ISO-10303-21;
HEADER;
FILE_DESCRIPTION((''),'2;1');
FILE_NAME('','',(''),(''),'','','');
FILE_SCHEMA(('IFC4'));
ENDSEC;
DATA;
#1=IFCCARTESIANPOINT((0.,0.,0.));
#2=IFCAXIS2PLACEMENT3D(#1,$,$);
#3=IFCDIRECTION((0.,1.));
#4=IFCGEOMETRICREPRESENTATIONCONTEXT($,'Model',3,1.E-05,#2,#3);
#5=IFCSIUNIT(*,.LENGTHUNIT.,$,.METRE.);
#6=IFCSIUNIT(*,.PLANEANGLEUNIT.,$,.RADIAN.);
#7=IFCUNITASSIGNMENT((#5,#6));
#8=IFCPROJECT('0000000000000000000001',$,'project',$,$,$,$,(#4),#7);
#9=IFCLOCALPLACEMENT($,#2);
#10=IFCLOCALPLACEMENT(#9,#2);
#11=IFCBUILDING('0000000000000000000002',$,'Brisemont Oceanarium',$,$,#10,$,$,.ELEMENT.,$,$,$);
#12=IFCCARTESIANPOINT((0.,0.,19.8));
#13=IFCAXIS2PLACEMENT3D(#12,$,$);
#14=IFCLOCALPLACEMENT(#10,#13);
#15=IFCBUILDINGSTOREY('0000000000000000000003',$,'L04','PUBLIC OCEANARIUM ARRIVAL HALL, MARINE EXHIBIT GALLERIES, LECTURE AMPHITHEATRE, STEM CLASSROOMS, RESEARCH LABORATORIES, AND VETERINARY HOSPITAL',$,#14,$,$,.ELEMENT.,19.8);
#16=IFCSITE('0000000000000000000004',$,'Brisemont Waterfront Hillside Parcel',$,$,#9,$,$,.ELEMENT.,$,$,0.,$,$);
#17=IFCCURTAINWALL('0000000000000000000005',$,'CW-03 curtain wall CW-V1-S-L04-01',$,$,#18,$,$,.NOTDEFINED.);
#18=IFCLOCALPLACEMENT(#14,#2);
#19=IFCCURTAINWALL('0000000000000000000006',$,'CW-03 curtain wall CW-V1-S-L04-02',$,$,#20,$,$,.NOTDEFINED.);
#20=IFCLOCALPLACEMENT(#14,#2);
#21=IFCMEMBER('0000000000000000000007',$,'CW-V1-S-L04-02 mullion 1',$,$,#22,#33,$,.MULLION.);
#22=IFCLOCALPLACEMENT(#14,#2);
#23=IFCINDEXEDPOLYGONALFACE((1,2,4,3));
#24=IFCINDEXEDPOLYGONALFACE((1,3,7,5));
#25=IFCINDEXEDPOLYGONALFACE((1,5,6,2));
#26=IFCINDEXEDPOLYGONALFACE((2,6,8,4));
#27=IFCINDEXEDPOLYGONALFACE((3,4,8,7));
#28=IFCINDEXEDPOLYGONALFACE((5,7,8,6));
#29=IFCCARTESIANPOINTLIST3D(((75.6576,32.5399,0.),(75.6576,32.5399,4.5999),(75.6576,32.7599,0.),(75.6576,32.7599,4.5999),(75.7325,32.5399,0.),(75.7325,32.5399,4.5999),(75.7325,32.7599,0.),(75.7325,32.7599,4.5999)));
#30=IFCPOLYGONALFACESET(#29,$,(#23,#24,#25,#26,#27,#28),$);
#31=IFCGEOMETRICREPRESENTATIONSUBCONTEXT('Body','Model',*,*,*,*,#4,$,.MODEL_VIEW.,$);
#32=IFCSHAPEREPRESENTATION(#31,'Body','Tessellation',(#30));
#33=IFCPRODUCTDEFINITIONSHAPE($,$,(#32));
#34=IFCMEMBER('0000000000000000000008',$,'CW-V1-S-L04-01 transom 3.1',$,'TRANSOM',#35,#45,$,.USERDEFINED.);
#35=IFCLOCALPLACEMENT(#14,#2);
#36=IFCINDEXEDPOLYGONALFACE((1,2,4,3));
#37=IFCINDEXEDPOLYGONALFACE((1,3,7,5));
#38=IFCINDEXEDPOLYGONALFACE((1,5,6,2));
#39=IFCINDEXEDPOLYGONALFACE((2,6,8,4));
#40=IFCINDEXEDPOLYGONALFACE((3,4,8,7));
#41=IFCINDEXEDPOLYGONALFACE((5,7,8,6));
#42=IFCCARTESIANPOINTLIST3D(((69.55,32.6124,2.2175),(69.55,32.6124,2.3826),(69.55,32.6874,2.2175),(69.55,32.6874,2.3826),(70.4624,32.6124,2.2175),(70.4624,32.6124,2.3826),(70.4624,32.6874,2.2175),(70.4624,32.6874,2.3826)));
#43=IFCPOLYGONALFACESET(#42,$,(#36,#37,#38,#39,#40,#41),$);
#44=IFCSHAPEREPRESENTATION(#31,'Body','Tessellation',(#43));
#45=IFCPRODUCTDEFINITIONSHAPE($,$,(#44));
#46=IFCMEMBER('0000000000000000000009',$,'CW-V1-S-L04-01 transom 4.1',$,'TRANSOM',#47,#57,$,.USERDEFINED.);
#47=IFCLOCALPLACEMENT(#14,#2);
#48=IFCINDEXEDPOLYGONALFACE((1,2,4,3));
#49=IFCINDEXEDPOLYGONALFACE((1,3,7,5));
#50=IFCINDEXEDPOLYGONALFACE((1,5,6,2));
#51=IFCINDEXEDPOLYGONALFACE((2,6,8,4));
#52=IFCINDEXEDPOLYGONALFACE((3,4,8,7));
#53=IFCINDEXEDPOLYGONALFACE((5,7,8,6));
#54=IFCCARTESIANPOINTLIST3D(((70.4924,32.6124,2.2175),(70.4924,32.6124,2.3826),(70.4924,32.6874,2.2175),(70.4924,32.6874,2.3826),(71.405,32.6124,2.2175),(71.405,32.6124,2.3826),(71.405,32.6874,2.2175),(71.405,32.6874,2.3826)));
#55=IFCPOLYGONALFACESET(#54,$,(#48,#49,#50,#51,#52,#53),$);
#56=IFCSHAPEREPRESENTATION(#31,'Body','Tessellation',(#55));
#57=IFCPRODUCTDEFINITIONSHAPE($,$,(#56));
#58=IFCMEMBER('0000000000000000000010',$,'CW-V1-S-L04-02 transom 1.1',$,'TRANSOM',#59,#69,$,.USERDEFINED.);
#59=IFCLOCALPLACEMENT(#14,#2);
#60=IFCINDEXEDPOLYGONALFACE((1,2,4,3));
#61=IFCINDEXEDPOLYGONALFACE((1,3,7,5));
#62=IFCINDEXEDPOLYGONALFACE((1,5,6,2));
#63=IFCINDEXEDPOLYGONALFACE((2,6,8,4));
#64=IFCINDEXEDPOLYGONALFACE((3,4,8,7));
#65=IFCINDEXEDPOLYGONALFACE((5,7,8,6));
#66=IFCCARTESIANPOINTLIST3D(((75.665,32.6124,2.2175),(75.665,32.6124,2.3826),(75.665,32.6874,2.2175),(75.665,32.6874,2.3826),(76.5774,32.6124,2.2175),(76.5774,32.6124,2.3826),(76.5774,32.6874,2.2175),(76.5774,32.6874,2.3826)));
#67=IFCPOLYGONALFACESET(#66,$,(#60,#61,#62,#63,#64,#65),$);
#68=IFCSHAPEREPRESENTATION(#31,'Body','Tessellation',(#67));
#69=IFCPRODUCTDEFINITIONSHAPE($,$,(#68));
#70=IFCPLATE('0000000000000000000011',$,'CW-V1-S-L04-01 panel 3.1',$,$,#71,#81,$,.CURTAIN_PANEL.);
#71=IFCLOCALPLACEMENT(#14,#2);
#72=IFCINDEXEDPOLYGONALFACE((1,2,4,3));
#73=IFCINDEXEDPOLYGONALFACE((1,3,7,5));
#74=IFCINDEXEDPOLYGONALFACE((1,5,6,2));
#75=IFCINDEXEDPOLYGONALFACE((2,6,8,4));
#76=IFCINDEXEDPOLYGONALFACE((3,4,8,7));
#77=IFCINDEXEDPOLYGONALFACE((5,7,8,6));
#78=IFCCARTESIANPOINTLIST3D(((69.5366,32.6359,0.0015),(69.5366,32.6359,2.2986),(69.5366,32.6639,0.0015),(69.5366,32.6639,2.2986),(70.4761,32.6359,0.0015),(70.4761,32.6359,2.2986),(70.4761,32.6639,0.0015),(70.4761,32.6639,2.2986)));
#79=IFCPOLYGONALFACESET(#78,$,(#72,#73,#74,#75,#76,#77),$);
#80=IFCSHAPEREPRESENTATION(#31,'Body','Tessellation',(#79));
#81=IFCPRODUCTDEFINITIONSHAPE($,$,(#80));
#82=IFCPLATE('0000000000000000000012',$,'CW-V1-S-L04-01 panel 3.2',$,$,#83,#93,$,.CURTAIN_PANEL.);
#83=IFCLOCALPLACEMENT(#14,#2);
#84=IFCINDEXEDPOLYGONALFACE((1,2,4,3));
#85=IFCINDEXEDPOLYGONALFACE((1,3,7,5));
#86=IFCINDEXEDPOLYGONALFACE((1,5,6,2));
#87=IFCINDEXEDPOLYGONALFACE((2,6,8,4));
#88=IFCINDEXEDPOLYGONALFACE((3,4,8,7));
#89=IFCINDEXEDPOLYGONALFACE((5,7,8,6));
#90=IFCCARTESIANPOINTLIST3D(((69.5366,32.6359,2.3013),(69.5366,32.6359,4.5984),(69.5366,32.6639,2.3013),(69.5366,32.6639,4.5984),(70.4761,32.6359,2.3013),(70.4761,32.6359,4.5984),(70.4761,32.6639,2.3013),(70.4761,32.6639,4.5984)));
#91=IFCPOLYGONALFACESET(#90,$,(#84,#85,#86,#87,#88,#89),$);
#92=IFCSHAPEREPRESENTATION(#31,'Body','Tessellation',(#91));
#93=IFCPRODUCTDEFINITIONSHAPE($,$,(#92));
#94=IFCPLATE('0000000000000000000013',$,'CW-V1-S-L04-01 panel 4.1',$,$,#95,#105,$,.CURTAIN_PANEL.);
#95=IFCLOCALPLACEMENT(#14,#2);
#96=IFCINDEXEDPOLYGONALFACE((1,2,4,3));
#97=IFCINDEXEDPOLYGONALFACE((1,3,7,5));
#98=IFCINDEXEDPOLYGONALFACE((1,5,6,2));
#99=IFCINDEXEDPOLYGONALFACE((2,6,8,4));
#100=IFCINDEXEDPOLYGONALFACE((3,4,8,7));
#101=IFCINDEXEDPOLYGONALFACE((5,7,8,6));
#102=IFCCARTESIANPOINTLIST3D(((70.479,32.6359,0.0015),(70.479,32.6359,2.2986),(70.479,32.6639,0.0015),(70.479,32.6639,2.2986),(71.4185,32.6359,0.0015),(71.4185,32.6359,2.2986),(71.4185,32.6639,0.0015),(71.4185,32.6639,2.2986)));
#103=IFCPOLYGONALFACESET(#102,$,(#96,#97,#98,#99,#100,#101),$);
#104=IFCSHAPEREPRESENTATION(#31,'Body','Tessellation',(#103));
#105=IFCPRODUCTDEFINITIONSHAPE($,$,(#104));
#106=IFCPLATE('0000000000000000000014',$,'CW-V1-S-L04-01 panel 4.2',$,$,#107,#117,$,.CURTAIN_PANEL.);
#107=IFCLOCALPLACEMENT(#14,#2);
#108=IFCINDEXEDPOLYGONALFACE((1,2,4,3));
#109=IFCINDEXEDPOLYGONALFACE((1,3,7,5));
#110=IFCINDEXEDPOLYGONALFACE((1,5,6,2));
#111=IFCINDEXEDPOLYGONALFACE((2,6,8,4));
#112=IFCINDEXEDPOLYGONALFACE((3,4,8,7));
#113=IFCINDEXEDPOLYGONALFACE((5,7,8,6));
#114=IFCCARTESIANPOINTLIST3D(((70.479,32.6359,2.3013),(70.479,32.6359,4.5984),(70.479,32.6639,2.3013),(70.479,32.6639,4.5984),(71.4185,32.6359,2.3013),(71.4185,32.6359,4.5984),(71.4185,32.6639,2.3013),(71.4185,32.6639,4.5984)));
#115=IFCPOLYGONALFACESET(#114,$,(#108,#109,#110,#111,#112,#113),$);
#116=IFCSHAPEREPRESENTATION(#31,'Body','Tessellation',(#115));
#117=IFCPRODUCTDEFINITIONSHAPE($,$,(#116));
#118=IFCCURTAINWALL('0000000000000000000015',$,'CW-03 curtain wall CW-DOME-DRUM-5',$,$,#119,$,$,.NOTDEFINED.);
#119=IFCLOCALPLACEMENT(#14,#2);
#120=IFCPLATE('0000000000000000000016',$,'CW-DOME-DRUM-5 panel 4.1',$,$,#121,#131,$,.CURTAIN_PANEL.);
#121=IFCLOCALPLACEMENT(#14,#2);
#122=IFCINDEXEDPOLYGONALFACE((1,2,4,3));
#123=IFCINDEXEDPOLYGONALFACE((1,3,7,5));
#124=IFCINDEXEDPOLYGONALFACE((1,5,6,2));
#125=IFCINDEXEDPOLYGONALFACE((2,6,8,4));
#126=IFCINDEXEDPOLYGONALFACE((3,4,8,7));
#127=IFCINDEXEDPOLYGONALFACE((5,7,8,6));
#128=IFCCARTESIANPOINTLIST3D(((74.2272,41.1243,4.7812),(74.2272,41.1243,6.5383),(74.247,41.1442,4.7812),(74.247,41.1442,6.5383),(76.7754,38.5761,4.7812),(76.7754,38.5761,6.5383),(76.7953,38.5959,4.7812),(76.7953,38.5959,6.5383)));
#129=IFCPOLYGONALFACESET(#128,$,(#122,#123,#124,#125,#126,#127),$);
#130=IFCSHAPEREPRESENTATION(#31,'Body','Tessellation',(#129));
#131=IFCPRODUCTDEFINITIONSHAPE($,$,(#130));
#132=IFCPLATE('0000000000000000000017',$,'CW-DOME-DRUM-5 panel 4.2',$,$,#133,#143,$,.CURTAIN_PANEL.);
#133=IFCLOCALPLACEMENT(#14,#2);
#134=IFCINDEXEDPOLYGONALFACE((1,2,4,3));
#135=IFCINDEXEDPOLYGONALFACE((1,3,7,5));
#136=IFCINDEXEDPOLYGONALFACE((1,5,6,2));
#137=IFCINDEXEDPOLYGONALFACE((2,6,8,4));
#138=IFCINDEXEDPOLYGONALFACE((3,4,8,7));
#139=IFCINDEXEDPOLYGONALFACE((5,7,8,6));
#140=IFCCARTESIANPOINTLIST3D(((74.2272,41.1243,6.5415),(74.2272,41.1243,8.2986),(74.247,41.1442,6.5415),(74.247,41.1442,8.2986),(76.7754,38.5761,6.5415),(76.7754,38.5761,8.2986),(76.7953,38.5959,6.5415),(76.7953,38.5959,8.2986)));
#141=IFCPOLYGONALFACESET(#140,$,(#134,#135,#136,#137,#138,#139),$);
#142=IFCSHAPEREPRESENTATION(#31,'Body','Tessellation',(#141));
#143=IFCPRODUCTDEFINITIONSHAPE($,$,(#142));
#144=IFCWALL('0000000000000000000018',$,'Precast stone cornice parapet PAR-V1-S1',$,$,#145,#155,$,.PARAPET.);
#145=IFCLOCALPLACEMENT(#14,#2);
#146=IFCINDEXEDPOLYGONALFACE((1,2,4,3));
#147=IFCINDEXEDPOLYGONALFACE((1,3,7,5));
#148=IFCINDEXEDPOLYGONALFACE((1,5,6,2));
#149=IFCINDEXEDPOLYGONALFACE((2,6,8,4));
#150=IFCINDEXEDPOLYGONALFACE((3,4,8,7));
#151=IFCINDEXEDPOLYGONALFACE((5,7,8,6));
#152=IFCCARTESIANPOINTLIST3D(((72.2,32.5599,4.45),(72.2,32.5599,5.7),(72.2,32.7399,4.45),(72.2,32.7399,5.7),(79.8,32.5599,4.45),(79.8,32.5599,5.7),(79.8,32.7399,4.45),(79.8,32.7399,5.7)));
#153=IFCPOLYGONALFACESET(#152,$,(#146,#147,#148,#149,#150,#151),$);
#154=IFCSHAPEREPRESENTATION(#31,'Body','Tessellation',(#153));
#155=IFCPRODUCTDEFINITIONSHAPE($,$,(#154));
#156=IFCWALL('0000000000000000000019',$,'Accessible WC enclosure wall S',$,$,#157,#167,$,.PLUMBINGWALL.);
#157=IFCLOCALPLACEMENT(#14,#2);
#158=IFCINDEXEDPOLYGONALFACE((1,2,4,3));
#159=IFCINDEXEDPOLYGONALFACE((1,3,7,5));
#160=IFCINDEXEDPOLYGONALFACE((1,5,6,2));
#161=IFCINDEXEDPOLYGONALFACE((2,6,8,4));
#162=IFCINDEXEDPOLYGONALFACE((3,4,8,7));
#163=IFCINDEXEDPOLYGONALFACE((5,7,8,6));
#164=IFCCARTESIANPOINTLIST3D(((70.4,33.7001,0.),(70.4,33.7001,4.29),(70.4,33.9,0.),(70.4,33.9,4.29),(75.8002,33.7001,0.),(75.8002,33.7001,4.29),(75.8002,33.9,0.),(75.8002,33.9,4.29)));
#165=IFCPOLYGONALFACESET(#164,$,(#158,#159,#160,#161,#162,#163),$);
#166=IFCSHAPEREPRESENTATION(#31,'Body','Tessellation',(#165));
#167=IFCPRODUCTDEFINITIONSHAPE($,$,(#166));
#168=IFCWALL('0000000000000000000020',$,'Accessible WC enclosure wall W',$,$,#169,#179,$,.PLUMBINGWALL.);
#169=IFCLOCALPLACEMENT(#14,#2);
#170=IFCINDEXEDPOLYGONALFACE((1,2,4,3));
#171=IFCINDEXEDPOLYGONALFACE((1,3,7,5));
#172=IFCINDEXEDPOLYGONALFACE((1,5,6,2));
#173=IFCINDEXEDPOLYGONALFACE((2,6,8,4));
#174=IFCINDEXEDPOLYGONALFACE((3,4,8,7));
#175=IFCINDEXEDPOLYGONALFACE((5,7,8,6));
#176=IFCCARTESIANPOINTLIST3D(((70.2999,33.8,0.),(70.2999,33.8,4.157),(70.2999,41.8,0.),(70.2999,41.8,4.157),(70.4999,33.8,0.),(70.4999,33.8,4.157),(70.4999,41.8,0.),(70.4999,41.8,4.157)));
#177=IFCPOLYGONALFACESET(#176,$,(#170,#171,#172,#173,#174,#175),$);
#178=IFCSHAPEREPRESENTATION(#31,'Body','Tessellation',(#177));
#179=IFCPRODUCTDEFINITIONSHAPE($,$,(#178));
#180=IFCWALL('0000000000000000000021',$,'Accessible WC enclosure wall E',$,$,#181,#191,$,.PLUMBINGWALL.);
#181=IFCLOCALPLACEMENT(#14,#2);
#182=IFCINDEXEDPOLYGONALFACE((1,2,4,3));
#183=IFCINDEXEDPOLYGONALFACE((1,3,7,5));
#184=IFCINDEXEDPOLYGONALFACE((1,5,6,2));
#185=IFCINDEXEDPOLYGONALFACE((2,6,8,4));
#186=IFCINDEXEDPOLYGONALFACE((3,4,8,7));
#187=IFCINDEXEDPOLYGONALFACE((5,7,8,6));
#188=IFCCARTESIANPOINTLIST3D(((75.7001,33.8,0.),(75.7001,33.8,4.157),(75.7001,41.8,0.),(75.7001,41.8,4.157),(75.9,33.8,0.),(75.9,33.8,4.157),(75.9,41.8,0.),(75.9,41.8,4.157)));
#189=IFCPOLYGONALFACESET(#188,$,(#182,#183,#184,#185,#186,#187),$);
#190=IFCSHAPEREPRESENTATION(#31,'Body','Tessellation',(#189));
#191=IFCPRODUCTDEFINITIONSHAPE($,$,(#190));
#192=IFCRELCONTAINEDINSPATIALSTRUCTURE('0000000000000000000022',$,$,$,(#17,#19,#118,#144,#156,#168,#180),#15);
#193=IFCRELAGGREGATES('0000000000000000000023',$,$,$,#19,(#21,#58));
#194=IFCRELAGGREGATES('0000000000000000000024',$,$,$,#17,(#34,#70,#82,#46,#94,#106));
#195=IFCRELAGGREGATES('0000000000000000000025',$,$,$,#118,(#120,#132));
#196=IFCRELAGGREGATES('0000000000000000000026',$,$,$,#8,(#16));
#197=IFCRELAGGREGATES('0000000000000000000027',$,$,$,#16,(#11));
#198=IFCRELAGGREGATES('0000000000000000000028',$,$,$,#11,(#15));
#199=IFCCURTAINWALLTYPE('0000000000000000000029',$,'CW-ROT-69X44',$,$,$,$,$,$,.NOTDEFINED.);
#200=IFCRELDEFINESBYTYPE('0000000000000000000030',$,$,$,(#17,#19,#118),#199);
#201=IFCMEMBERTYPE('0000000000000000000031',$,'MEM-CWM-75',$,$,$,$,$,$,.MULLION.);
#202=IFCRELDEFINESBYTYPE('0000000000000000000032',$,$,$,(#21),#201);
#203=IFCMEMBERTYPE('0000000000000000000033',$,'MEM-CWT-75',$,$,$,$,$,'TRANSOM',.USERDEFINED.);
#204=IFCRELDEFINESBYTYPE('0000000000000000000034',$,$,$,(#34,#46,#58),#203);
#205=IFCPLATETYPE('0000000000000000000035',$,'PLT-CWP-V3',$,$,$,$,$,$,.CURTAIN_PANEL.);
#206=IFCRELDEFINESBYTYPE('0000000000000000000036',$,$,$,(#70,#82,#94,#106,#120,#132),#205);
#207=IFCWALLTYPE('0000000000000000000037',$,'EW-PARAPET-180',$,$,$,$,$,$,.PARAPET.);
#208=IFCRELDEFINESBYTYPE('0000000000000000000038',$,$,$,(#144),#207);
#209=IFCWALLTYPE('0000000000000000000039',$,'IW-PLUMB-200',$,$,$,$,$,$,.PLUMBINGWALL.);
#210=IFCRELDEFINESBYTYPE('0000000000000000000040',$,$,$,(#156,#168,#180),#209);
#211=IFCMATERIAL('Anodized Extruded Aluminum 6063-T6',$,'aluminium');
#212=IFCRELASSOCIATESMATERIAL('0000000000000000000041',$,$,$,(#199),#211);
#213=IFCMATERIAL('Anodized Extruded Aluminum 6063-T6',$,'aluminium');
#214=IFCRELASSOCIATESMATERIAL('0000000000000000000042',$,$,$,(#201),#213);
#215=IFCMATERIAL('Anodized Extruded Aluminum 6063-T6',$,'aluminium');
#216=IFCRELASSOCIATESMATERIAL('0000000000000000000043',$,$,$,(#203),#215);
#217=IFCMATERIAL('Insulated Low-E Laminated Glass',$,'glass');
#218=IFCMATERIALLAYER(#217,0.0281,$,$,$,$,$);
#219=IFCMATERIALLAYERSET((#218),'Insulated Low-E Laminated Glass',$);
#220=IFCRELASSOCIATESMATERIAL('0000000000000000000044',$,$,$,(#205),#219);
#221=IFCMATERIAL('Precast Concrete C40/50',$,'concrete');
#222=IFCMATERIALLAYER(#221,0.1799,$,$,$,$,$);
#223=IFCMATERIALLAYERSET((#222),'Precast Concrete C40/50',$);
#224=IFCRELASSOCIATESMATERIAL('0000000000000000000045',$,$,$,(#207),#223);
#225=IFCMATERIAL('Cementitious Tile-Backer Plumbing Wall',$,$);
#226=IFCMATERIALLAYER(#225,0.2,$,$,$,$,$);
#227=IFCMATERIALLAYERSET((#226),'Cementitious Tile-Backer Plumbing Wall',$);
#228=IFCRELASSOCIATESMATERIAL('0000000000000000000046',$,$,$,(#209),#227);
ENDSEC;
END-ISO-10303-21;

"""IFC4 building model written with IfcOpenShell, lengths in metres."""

from ifc_helpers import new_model, si_unit, direction, frame, frame_2d, origin, origin_2d, place, context, subcontext, project, spatial, rectangle, extrude, material, layer, layer_set, material_profile, profile_set, type_object, element, aggregate, save


model = new_model("IFC4")

# Units and contexts
model_context = context("Model", 3, precision=1e-05, world=origin(), true_north=direction((0.0, 1.0)))
body_context = subcontext(model_context, "Body", "Model", "MODEL_VIEW")
ifc_project = project(units=[si_unit("LENGTHUNIT", "METRE"), si_unit("PLANEANGLEUNIT", "RADIAN")], contexts=[model_context])

# Site, building, storey
site_placement = place(None, origin())
site = spatial("IfcSite", under=ifc_project, at=site_placement, Name="Brisemont Waterfront Hillside Parcel", CompositionType="ELEMENT", RefElevation=0.0)
building_placement = place(site_placement, origin())
building = spatial("IfcBuilding", under=site, at=building_placement, Name="Brisemont Oceanarium", CompositionType="ELEMENT")
storey_placement = place(building_placement, frame((0.0, 0.0, 19.8)))
storey = spatial("IfcBuildingStorey", under=building, at=storey_placement, Name="L04", Description="PUBLIC OCEANARIUM ARRIVAL HALL, MARINE EXHIBIT GALLERIES, LECTURE AMPHITHEATRE, STEM CLASSROOMS, RESEARCH LABORATORIES, AND VETERINARY HOSPITAL", CompositionType="ELEMENT", Elevation=19.8)

# Curtain wall
ifc_material_1 = material(Name="Anodized Extruded Aluminum 6063-T6", Category="aluminium")
curtain_wall_type = type_object("IfcCurtainWallType", Name="CW-ROT-69X44", PredefinedType="NOTDEFINED", material=ifc_material_1)
curtain_wall_1_placement = place(storey_placement, origin())
curtain_wall_1 = element("IfcCurtainWall", 1, at=curtain_wall_1_placement, inside=storey, type_object=curtain_wall_type, Name="CW-03 curtain wall CW-V1-S-L04-01", PredefinedType="NOTDEFINED")
ifc_material_2 = material(Name="Anodized Extruded Aluminum 6063-T6", Category="aluminium")
ifc_material_profile_1 = material_profile(ifc_material_2, rectangle(XDim=0.075, YDim=0.22, at=origin_2d()), Name="CWM-75X220")
ifc_profile_set_1 = profile_set([ifc_material_profile_1], Name="Anodized Extruded Aluminum 6063-T6")
member_type_1 = type_object("IfcMemberType", Name="MEM-CWM-75", PredefinedType="MULLION", material=ifc_profile_set_1)

# Curtain wall, member
curtain_wall_2_placement = place(storey_placement, origin())
curtain_wall_2 = element("IfcCurtainWall", 2, at=curtain_wall_2_placement, inside=storey, type_object=curtain_wall_type, Name="CW-03 curtain wall CW-V1-S-L04-02", PredefinedType="NOTDEFINED")
member_1_placement = place(storey_placement, frame((75.6951, 32.6499, 0.0), z_axis=(0.0, 0.0, 1.0), x_axis=(1.0, 0.0, 0.0)))
member_1 = element("IfcMember", 3, at=member_1_placement, type_object=member_type_1, Name="CW-V1-S-L04-02 mullion 1", PredefinedType="MULLION", context=body_context, shape_type="SweptSolid", body=[
    extrude(rectangle(XDim=0.075, YDim=0.22, at=origin_2d()), origin(), (0.0, 0.0, 1.0), 4.5999),
])

# Members
ifc_material_3 = material(Name="Anodized Extruded Aluminum 6063-T6", Category="aluminium")
ifc_material_profile_2 = material_profile(ifc_material_3, rectangle(XDim=0.075, YDim=0.165, at=origin_2d()), Name="CWT-75X165")
ifc_profile_set_2 = profile_set([ifc_material_profile_2], Name="Anodized Extruded Aluminum 6063-T6")
member_type_2 = type_object("IfcMemberType", Name="MEM-CWT-75", ElementType="TRANSOM", PredefinedType="USERDEFINED", material=ifc_profile_set_2)
member_2_placement = place(storey_placement, frame((69.55, 32.6499, 2.3), z_axis=(1.0, 0.0, 0.0), x_axis=(0.0, 1.0, 0.0)))
member_2 = element("IfcMember", 4, at=member_2_placement, type_object=member_type_2, Name="CW-V1-S-L04-01 transom 3.1", ObjectType="TRANSOM", PredefinedType="USERDEFINED", context=body_context, shape_type="SweptSolid", body=[
    extrude(rectangle(XDim=0.075, YDim=0.165, at=origin_2d()), origin(), (0.0, 0.0, 1.0), 0.9124),
])
member_3_placement = place(storey_placement, frame((70.4924, 32.6499, 2.3), z_axis=(1.0, 0.0, 0.0), x_axis=(0.0, 1.0, 0.0)))
member_3 = element("IfcMember", 5, at=member_3_placement, type_object=member_type_2, Name="CW-V1-S-L04-01 transom 4.1", ObjectType="TRANSOM", PredefinedType="USERDEFINED", context=body_context, shape_type="SweptSolid", body=[
    extrude(rectangle(XDim=0.075, YDim=0.165, at=origin_2d()), origin(), (0.0, 0.0, 1.0), 0.9126),
])
member_4_placement = place(storey_placement, frame((75.665, 32.6499, 2.3), z_axis=(1.0, 0.0, 0.0), x_axis=(0.0, 1.0, 0.0)))
member_4 = element("IfcMember", 6, at=member_4_placement, type_object=member_type_2, Name="CW-V1-S-L04-02 transom 1.1", ObjectType="TRANSOM", PredefinedType="USERDEFINED", context=body_context, shape_type="SweptSolid", body=[
    extrude(rectangle(XDim=0.075, YDim=0.165, at=origin_2d()), origin(), (0.0, 0.0, 1.0), 0.9124),
])
aggregate(curtain_wall_2, [member_1, member_4])

# Plates
ifc_material_4 = material(Name="Insulated Low-E Laminated Glass", Category="glass")
ifc_layer_1 = layer(ifc_material_4, 0.0281)
ifc_layer_set_1 = layer_set([ifc_layer_1], Name="Insulated Low-E Laminated Glass")
plate_type = type_object("IfcPlateType", Name="PLT-CWP-V3", PredefinedType="CURTAIN_PANEL", material=ifc_layer_set_1)
plate_1_placement = place(storey_placement, frame((70.0063, 32.6499, 0.0015), z_axis=(0.0, 0.0, 1.0), x_axis=(1.0, 0.0, 0.0)))
plate_1 = element("IfcPlate", 7, at=plate_1_placement, type_object=plate_type, Name="CW-V1-S-L04-01 panel 3.1", PredefinedType="CURTAIN_PANEL", context=body_context, shape_type="SweptSolid", body=[
    extrude(rectangle(XDim=0.9395, YDim=0.0281, at=origin_2d()), origin(), (0.0, 0.0, 1.0), 2.2971),
])
plate_2_placement = place(storey_placement, frame((70.0063, 32.6499, 2.3013), z_axis=(0.0, 0.0, 1.0), x_axis=(1.0, 0.0, 0.0)))
plate_2 = element("IfcPlate", 8, at=plate_2_placement, type_object=plate_type, Name="CW-V1-S-L04-01 panel 3.2", PredefinedType="CURTAIN_PANEL", context=body_context, shape_type="SweptSolid", body=[
    extrude(rectangle(XDim=0.9395, YDim=0.0281, at=origin_2d()), origin(), (0.0, 0.0, 1.0), 2.2971),
])
plate_3_placement = place(storey_placement, frame((70.9487, 32.6499, 0.0015), z_axis=(0.0, 0.0, 1.0), x_axis=(1.0, 0.0, 0.0)))
plate_3 = element("IfcPlate", 9, at=plate_3_placement, type_object=plate_type, Name="CW-V1-S-L04-01 panel 4.1", PredefinedType="CURTAIN_PANEL", context=body_context, shape_type="SweptSolid", body=[
    extrude(rectangle(XDim=0.9395, YDim=0.0281, at=origin_2d()), origin(), (0.0, 0.0, 1.0), 2.2971),
])
plate_4_placement = place(storey_placement, frame((70.9487, 32.6499, 2.3013), z_axis=(0.0, 0.0, 1.0), x_axis=(1.0, 0.0, 0.0)))
plate_4 = element("IfcPlate", 10, at=plate_4_placement, type_object=plate_type, Name="CW-V1-S-L04-01 panel 4.2", PredefinedType="CURTAIN_PANEL", context=body_context, shape_type="SweptSolid", body=[
    extrude(rectangle(XDim=0.9395, YDim=0.0281, at=origin_2d()), origin(), (0.0, 0.0, 1.0), 2.2971),
])
aggregate(curtain_wall_1, [member_2, plate_1, plate_2, member_3, plate_3, plate_4])

# Curtain wall, plates
curtain_wall_3_placement = place(storey_placement, origin())
curtain_wall_3 = element("IfcCurtainWall", 11, at=curtain_wall_3_placement, inside=storey, type_object=curtain_wall_type, Name="CW-03 curtain wall CW-DOME-DRUM-5", PredefinedType="NOTDEFINED")
plate_5_placement = place(storey_placement, frame((75.5112, 39.8601, 4.7812), z_axis=(0.0, 0.0, 1.0), x_axis=(0.707107, -0.707107, 0.0)))
plate_5 = element("IfcPlate", 12, at=plate_5_placement, type_object=plate_type, Name="CW-DOME-DRUM-5 panel 4.1", PredefinedType="CURTAIN_PANEL", context=body_context, shape_type="SweptSolid", body=[
    extrude(rectangle(XDim=3.6038, YDim=0.0281, at=origin_2d()), origin(), (0.0, 0.0, 1.0), 1.7571),
])
plate_6_placement = place(storey_placement, frame((75.5112, 39.8601, 6.5415), z_axis=(0.0, 0.0, 1.0), x_axis=(0.707107, -0.707107, 0.0)))
plate_6 = element("IfcPlate", 13, at=plate_6_placement, type_object=plate_type, Name="CW-DOME-DRUM-5 panel 4.2", PredefinedType="CURTAIN_PANEL", context=body_context, shape_type="SweptSolid", body=[
    extrude(rectangle(XDim=3.6038, YDim=0.0281, at=origin_2d()), origin(), (0.0, 0.0, 1.0), 1.7571),
])
aggregate(curtain_wall_3, [plate_5, plate_6])

# Walls
ifc_material_5 = material(Name="Precast Concrete C40/50", Category="concrete")
ifc_layer_2 = layer(ifc_material_5, 0.1799)
ifc_layer_set_2 = layer_set([ifc_layer_2], Name="Precast Concrete C40/50")
wall_type_1 = type_object("IfcWallType", Name="EW-PARAPET-180", PredefinedType="PARAPET", material=ifc_layer_set_2)
wall_1_placement = place(storey_placement, frame((72.2, 32.6499, 4.45), z_axis=(0.0, 0.0, 1.0), x_axis=(1.0, 0.0, 0.0)))
element("IfcWall", 14, at=wall_1_placement, inside=storey, type_object=wall_type_1, Name="Precast stone cornice parapet PAR-V1-S1", PredefinedType="PARAPET", context=body_context, shape_type="SweptSolid", body=[
    extrude(rectangle(XDim=7.6001, YDim=0.1799, at=frame_2d((3.8, 0.0))), origin(), (0.0, 0.0, 1.0), 1.25),
])
ifc_material_6 = material(Name="Cementitious Tile-Backer Plumbing Wall")
ifc_layer_3 = layer(ifc_material_6, 0.2)
ifc_layer_set_3 = layer_set([ifc_layer_3], Name="Cementitious Tile-Backer Plumbing Wall")
wall_type_2 = type_object("IfcWallType", Name="IW-PLUMB-200", PredefinedType="PLUMBINGWALL", material=ifc_layer_set_3)
wall_2_placement = place(storey_placement, frame((70.3999, 33.8, 0.0), z_axis=(0.0, 0.0, 1.0), x_axis=(1.0, 0.0, 0.0)))
element("IfcWall", 15, at=wall_2_placement, inside=storey, type_object=wall_type_2, Name="Accessible WC enclosure wall S", PredefinedType="PLUMBINGWALL", context=body_context, shape_type="SweptSolid", body=[
    extrude(rectangle(XDim=5.4001, YDim=0.2, at=frame_2d((2.7002, 0.0))), origin(), (0.0, 0.0, 1.0), 4.29),
])
for number, where, z_axis, x_axis, name in (
    (16, (70.3999, 33.8, 0.0), (0.0, 0.0, 1.0), (0.0, 1.0, 0.0), "Accessible WC enclosure wall W"),
    (17, (75.8, 33.8, 0.0), (0.0, 0.0, 1.0), (0.0, 1.0, 0.0), "Accessible WC enclosure wall E"),
):
    element("IfcWall", number, at=place(storey_placement, frame(where, z_axis=z_axis, x_axis=x_axis)), inside=storey, type_object=wall_type_2, Name=name, PredefinedType="PLUMBINGWALL", context=body_context, shape_type="SweptSolid", body=[
        extrude(rectangle(XDim=8.0, YDim=0.2, at=frame_2d((4.0, 0.0))), origin(), (0.0, 0.0, 1.0), 4.157),
    ])

save(model, "model.ifc")
